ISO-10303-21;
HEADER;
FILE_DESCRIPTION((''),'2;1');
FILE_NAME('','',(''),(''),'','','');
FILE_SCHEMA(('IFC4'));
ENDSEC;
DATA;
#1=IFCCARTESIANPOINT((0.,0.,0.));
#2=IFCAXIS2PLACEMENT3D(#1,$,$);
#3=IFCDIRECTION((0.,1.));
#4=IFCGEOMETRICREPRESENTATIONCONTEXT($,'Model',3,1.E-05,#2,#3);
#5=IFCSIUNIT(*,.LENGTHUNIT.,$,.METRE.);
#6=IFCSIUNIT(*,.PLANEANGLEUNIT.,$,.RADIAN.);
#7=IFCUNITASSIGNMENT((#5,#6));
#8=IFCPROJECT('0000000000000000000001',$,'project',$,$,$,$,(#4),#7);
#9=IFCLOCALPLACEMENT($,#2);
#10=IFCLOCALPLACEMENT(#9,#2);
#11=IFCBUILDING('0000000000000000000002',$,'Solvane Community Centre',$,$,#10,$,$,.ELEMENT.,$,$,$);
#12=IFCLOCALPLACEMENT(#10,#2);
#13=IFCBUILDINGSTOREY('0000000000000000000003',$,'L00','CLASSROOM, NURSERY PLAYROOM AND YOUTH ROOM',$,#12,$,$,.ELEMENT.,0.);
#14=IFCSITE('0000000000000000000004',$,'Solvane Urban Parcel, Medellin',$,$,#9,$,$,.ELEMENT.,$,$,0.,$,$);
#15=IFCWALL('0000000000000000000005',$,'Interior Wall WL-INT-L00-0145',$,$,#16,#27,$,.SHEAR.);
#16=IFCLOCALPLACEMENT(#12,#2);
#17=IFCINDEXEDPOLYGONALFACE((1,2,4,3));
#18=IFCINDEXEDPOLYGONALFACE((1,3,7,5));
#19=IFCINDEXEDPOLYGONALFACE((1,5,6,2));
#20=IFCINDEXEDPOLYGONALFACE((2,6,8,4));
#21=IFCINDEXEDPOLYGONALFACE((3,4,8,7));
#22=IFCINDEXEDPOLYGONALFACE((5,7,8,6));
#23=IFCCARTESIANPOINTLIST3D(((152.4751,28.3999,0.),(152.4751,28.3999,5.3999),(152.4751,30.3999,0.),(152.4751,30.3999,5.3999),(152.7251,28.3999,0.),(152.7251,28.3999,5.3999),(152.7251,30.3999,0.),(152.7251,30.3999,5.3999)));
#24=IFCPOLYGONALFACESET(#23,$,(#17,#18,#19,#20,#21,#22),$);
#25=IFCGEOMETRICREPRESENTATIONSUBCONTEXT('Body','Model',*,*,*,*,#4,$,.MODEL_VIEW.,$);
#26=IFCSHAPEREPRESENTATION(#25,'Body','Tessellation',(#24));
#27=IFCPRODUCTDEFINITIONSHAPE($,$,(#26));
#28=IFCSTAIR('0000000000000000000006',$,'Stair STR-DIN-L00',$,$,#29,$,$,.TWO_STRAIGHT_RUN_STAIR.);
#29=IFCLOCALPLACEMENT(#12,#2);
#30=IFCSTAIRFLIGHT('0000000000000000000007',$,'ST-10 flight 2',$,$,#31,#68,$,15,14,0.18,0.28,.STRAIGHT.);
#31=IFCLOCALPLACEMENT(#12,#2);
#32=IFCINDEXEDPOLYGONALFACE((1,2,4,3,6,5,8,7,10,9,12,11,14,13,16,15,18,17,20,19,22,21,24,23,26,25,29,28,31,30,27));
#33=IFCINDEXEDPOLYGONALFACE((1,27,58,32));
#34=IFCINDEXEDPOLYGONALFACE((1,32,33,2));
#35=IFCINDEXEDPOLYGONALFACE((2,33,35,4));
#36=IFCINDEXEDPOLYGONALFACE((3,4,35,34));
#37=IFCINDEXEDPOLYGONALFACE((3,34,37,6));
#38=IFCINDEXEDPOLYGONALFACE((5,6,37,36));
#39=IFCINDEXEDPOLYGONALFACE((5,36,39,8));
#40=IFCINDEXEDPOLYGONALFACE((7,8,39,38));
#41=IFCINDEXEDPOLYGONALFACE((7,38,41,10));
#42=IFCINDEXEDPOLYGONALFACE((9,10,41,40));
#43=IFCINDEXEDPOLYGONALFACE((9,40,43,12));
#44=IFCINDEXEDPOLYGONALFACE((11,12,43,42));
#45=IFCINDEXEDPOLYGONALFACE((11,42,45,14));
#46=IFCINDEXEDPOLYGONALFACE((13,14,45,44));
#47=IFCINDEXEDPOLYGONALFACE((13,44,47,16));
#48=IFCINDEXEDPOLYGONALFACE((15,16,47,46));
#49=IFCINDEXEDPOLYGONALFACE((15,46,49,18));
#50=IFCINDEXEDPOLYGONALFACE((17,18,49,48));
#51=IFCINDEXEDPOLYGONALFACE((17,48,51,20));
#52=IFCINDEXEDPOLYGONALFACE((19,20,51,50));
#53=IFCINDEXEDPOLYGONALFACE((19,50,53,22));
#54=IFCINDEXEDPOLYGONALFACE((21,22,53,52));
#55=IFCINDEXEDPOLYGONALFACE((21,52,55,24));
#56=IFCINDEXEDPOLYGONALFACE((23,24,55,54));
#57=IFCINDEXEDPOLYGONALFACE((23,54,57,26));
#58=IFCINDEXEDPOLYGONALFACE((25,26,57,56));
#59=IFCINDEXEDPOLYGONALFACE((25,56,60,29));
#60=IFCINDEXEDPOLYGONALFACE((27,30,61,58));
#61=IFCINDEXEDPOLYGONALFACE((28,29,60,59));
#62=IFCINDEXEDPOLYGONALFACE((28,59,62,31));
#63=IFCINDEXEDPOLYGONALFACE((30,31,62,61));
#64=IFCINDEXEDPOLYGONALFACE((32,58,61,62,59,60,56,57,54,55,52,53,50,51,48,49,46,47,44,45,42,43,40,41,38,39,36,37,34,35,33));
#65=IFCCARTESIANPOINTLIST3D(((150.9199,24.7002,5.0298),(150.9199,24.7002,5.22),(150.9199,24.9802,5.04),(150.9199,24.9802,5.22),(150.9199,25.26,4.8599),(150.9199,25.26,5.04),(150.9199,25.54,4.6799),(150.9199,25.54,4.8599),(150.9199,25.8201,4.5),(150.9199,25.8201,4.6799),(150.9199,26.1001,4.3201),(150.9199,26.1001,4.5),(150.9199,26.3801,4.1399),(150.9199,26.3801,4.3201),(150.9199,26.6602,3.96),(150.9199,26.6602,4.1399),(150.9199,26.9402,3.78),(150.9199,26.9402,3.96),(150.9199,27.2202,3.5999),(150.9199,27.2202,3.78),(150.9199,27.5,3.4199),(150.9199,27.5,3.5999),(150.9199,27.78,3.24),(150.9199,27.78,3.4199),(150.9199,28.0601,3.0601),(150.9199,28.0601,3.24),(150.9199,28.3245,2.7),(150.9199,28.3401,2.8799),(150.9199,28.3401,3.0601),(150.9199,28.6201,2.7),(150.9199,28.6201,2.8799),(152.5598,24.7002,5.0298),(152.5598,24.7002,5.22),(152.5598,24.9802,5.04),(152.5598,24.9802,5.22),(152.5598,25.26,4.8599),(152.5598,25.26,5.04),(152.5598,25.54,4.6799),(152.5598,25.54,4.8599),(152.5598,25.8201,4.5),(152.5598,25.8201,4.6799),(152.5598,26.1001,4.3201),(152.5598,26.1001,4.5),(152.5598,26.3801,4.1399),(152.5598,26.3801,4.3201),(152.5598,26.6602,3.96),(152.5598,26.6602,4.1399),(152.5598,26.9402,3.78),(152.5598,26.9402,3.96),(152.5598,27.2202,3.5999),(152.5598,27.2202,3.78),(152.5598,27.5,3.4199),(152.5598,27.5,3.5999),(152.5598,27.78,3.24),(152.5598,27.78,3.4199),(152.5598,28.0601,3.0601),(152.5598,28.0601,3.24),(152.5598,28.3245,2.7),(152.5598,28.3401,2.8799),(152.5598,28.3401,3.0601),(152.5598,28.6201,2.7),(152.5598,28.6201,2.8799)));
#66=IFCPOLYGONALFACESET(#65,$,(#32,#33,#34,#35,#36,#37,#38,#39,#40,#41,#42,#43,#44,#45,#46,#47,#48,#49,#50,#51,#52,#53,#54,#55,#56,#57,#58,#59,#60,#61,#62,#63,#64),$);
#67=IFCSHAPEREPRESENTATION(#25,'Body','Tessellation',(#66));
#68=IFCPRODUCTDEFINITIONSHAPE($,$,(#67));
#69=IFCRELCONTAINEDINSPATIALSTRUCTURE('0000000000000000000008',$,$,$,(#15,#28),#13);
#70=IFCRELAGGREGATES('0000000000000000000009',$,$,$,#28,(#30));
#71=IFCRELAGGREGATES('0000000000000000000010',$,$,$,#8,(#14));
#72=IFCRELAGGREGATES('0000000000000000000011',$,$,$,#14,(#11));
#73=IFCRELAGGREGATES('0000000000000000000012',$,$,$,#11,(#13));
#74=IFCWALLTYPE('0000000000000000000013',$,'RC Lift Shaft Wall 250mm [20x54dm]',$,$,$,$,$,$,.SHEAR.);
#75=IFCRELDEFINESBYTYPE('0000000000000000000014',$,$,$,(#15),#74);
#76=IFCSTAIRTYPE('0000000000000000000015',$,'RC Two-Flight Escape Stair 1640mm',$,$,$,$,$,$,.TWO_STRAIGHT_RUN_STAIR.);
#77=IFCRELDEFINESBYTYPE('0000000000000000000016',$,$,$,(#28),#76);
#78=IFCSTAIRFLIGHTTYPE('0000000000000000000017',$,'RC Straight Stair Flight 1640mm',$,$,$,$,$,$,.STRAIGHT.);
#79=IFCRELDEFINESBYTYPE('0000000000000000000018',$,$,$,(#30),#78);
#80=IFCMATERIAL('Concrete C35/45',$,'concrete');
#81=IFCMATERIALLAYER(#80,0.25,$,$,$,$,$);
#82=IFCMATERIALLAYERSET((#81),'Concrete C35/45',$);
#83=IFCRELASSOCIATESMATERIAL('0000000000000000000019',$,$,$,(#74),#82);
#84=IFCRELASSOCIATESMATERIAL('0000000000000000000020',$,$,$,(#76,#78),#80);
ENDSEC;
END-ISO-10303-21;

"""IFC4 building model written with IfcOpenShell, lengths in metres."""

from ifc_helpers import new_model, si_unit, direction, frame, frame_2d, origin, place, context, subcontext, project, spatial, polyline, rectangle, outline, extrude, material, layer, layer_set, type_object, element, aggregate, save


model = new_model("IFC4")

# Units and contexts
model_context = context("Model", 3, precision=1e-05, world=origin(), true_north=direction((0.0, 1.0)))
body_context = subcontext(model_context, "Body", "Model", "MODEL_VIEW")
ifc_project = project(units=[si_unit("LENGTHUNIT", "METRE"), si_unit("PLANEANGLEUNIT", "RADIAN")], contexts=[model_context])

# Site, building, storey
site_placement = place(None, origin())
site = spatial("IfcSite", under=ifc_project, at=site_placement, Name="Solvane Urban Parcel, Medellin", CompositionType="ELEMENT", RefElevation=0.0)
building_placement = place(site_placement, origin())
building = spatial("IfcBuilding", under=site, at=building_placement, Name="Solvane Community Centre", CompositionType="ELEMENT")
storey_placement = place(building_placement, origin())
storey = spatial("IfcBuildingStorey", under=building, at=storey_placement, Name="L00", Description="CLASSROOM, NURSERY PLAYROOM AND YOUTH ROOM", CompositionType="ELEMENT", Elevation=0.0)

# Shared definitions
ifc_material_1 = material(Name="Concrete C35/45", Category="concrete")

# Wall
ifc_layer = layer(ifc_material_1, 0.25)
ifc_layer_set = layer_set([ifc_layer], Name="Concrete C35/45")
wall_type = type_object("IfcWallType", Name="RC Lift Shaft Wall 250mm [20x54dm]", PredefinedType="SHEAR", material=ifc_layer_set)
wall_placement = place(storey_placement, frame((152.6001, 30.3999, 0.0), z_axis=(0.0, 0.0, 1.0), x_axis=(0.0, -1.0, 0.0)))
element("IfcWall", 1, at=wall_placement, inside=storey, type_object=wall_type, Name="Interior Wall WL-INT-L00-0145", PredefinedType="SHEAR", context=body_context, shape_type="SweptSolid", body=[
    extrude(rectangle(XDim=2.0, YDim=0.25, at=frame_2d((1.0, 0.0))), origin(), (0.0, 0.0, 1.0), 5.3999),
])

# Stair, stair flight
stair_type = type_object("IfcStairType", Name="RC Two-Flight Escape Stair 1640mm", PredefinedType="TWO_STRAIGHT_RUN_STAIR", material=ifc_material_1)
stair_placement = place(storey_placement, origin())
stair = element("IfcStair", 2, at=stair_placement, inside=storey, type_object=stair_type, Name="Stair STR-DIN-L00", PredefinedType="TWO_STRAIGHT_RUN_STAIR")
stair_flight_type = type_object("IfcStairFlightType", Name="RC Straight Stair Flight 1640mm", PredefinedType="STRAIGHT", material=ifc_material_1)
stair_flight_placement = place(storey_placement, frame((151.74, 28.6201, 2.7), z_axis=(0.0, 0.0, 1.0), x_axis=(0.0, -1.0, 0.0)))
stair_flight = element("IfcStairFlight", 3, at=stair_flight_placement, type_object=stair_flight_type, Name="ST-10 flight 2", NumberOfRisers=15, NumberOfTreads=14, PredefinedType="STRAIGHT", RiserHeight=0.18, TreadLength=0.28, context=body_context, shape_type="SweptSolid", body=[
    extrude(outline(polyline([(0.0, 0.0), (0.0, 0.1799), (0.28, 0.1799), (0.28, 0.3601), (0.5601, 0.3601), (0.5601, 0.54), (0.8401, 0.54), (0.8401, 0.72), (1.1201, 0.72), (1.1201, 0.8999), (1.3999, 0.8999), (1.3999, 1.0801), (1.6799, 1.0801), (1.6799, 1.26), (1.96, 1.26), (1.96, 1.4399), (2.24, 1.4399), (2.24, 1.6201), (2.52, 1.6201), (2.52, 1.8), (2.8, 1.8), (2.8, 1.98), (3.0801, 1.98), (3.0801, 2.1599), (3.3601, 2.1599), (3.3601, 2.3401), (3.6399, 2.3401), (3.6399, 2.52), (3.9199, 2.52), (3.9199, 2.7), (3.9199, 2.3298), (0.2957, 0.0), (0.0, 0.0)])), frame((0.0, 0.8198, 0.0), z_axis=(0.0, -1.0, 0.0), x_axis=(1.0, 0.0, 0.0)), (0.0, 0.0, 1.0), 1.6399),
])
aggregate(stair, [stair_flight])

save(model, "model.ifc")
